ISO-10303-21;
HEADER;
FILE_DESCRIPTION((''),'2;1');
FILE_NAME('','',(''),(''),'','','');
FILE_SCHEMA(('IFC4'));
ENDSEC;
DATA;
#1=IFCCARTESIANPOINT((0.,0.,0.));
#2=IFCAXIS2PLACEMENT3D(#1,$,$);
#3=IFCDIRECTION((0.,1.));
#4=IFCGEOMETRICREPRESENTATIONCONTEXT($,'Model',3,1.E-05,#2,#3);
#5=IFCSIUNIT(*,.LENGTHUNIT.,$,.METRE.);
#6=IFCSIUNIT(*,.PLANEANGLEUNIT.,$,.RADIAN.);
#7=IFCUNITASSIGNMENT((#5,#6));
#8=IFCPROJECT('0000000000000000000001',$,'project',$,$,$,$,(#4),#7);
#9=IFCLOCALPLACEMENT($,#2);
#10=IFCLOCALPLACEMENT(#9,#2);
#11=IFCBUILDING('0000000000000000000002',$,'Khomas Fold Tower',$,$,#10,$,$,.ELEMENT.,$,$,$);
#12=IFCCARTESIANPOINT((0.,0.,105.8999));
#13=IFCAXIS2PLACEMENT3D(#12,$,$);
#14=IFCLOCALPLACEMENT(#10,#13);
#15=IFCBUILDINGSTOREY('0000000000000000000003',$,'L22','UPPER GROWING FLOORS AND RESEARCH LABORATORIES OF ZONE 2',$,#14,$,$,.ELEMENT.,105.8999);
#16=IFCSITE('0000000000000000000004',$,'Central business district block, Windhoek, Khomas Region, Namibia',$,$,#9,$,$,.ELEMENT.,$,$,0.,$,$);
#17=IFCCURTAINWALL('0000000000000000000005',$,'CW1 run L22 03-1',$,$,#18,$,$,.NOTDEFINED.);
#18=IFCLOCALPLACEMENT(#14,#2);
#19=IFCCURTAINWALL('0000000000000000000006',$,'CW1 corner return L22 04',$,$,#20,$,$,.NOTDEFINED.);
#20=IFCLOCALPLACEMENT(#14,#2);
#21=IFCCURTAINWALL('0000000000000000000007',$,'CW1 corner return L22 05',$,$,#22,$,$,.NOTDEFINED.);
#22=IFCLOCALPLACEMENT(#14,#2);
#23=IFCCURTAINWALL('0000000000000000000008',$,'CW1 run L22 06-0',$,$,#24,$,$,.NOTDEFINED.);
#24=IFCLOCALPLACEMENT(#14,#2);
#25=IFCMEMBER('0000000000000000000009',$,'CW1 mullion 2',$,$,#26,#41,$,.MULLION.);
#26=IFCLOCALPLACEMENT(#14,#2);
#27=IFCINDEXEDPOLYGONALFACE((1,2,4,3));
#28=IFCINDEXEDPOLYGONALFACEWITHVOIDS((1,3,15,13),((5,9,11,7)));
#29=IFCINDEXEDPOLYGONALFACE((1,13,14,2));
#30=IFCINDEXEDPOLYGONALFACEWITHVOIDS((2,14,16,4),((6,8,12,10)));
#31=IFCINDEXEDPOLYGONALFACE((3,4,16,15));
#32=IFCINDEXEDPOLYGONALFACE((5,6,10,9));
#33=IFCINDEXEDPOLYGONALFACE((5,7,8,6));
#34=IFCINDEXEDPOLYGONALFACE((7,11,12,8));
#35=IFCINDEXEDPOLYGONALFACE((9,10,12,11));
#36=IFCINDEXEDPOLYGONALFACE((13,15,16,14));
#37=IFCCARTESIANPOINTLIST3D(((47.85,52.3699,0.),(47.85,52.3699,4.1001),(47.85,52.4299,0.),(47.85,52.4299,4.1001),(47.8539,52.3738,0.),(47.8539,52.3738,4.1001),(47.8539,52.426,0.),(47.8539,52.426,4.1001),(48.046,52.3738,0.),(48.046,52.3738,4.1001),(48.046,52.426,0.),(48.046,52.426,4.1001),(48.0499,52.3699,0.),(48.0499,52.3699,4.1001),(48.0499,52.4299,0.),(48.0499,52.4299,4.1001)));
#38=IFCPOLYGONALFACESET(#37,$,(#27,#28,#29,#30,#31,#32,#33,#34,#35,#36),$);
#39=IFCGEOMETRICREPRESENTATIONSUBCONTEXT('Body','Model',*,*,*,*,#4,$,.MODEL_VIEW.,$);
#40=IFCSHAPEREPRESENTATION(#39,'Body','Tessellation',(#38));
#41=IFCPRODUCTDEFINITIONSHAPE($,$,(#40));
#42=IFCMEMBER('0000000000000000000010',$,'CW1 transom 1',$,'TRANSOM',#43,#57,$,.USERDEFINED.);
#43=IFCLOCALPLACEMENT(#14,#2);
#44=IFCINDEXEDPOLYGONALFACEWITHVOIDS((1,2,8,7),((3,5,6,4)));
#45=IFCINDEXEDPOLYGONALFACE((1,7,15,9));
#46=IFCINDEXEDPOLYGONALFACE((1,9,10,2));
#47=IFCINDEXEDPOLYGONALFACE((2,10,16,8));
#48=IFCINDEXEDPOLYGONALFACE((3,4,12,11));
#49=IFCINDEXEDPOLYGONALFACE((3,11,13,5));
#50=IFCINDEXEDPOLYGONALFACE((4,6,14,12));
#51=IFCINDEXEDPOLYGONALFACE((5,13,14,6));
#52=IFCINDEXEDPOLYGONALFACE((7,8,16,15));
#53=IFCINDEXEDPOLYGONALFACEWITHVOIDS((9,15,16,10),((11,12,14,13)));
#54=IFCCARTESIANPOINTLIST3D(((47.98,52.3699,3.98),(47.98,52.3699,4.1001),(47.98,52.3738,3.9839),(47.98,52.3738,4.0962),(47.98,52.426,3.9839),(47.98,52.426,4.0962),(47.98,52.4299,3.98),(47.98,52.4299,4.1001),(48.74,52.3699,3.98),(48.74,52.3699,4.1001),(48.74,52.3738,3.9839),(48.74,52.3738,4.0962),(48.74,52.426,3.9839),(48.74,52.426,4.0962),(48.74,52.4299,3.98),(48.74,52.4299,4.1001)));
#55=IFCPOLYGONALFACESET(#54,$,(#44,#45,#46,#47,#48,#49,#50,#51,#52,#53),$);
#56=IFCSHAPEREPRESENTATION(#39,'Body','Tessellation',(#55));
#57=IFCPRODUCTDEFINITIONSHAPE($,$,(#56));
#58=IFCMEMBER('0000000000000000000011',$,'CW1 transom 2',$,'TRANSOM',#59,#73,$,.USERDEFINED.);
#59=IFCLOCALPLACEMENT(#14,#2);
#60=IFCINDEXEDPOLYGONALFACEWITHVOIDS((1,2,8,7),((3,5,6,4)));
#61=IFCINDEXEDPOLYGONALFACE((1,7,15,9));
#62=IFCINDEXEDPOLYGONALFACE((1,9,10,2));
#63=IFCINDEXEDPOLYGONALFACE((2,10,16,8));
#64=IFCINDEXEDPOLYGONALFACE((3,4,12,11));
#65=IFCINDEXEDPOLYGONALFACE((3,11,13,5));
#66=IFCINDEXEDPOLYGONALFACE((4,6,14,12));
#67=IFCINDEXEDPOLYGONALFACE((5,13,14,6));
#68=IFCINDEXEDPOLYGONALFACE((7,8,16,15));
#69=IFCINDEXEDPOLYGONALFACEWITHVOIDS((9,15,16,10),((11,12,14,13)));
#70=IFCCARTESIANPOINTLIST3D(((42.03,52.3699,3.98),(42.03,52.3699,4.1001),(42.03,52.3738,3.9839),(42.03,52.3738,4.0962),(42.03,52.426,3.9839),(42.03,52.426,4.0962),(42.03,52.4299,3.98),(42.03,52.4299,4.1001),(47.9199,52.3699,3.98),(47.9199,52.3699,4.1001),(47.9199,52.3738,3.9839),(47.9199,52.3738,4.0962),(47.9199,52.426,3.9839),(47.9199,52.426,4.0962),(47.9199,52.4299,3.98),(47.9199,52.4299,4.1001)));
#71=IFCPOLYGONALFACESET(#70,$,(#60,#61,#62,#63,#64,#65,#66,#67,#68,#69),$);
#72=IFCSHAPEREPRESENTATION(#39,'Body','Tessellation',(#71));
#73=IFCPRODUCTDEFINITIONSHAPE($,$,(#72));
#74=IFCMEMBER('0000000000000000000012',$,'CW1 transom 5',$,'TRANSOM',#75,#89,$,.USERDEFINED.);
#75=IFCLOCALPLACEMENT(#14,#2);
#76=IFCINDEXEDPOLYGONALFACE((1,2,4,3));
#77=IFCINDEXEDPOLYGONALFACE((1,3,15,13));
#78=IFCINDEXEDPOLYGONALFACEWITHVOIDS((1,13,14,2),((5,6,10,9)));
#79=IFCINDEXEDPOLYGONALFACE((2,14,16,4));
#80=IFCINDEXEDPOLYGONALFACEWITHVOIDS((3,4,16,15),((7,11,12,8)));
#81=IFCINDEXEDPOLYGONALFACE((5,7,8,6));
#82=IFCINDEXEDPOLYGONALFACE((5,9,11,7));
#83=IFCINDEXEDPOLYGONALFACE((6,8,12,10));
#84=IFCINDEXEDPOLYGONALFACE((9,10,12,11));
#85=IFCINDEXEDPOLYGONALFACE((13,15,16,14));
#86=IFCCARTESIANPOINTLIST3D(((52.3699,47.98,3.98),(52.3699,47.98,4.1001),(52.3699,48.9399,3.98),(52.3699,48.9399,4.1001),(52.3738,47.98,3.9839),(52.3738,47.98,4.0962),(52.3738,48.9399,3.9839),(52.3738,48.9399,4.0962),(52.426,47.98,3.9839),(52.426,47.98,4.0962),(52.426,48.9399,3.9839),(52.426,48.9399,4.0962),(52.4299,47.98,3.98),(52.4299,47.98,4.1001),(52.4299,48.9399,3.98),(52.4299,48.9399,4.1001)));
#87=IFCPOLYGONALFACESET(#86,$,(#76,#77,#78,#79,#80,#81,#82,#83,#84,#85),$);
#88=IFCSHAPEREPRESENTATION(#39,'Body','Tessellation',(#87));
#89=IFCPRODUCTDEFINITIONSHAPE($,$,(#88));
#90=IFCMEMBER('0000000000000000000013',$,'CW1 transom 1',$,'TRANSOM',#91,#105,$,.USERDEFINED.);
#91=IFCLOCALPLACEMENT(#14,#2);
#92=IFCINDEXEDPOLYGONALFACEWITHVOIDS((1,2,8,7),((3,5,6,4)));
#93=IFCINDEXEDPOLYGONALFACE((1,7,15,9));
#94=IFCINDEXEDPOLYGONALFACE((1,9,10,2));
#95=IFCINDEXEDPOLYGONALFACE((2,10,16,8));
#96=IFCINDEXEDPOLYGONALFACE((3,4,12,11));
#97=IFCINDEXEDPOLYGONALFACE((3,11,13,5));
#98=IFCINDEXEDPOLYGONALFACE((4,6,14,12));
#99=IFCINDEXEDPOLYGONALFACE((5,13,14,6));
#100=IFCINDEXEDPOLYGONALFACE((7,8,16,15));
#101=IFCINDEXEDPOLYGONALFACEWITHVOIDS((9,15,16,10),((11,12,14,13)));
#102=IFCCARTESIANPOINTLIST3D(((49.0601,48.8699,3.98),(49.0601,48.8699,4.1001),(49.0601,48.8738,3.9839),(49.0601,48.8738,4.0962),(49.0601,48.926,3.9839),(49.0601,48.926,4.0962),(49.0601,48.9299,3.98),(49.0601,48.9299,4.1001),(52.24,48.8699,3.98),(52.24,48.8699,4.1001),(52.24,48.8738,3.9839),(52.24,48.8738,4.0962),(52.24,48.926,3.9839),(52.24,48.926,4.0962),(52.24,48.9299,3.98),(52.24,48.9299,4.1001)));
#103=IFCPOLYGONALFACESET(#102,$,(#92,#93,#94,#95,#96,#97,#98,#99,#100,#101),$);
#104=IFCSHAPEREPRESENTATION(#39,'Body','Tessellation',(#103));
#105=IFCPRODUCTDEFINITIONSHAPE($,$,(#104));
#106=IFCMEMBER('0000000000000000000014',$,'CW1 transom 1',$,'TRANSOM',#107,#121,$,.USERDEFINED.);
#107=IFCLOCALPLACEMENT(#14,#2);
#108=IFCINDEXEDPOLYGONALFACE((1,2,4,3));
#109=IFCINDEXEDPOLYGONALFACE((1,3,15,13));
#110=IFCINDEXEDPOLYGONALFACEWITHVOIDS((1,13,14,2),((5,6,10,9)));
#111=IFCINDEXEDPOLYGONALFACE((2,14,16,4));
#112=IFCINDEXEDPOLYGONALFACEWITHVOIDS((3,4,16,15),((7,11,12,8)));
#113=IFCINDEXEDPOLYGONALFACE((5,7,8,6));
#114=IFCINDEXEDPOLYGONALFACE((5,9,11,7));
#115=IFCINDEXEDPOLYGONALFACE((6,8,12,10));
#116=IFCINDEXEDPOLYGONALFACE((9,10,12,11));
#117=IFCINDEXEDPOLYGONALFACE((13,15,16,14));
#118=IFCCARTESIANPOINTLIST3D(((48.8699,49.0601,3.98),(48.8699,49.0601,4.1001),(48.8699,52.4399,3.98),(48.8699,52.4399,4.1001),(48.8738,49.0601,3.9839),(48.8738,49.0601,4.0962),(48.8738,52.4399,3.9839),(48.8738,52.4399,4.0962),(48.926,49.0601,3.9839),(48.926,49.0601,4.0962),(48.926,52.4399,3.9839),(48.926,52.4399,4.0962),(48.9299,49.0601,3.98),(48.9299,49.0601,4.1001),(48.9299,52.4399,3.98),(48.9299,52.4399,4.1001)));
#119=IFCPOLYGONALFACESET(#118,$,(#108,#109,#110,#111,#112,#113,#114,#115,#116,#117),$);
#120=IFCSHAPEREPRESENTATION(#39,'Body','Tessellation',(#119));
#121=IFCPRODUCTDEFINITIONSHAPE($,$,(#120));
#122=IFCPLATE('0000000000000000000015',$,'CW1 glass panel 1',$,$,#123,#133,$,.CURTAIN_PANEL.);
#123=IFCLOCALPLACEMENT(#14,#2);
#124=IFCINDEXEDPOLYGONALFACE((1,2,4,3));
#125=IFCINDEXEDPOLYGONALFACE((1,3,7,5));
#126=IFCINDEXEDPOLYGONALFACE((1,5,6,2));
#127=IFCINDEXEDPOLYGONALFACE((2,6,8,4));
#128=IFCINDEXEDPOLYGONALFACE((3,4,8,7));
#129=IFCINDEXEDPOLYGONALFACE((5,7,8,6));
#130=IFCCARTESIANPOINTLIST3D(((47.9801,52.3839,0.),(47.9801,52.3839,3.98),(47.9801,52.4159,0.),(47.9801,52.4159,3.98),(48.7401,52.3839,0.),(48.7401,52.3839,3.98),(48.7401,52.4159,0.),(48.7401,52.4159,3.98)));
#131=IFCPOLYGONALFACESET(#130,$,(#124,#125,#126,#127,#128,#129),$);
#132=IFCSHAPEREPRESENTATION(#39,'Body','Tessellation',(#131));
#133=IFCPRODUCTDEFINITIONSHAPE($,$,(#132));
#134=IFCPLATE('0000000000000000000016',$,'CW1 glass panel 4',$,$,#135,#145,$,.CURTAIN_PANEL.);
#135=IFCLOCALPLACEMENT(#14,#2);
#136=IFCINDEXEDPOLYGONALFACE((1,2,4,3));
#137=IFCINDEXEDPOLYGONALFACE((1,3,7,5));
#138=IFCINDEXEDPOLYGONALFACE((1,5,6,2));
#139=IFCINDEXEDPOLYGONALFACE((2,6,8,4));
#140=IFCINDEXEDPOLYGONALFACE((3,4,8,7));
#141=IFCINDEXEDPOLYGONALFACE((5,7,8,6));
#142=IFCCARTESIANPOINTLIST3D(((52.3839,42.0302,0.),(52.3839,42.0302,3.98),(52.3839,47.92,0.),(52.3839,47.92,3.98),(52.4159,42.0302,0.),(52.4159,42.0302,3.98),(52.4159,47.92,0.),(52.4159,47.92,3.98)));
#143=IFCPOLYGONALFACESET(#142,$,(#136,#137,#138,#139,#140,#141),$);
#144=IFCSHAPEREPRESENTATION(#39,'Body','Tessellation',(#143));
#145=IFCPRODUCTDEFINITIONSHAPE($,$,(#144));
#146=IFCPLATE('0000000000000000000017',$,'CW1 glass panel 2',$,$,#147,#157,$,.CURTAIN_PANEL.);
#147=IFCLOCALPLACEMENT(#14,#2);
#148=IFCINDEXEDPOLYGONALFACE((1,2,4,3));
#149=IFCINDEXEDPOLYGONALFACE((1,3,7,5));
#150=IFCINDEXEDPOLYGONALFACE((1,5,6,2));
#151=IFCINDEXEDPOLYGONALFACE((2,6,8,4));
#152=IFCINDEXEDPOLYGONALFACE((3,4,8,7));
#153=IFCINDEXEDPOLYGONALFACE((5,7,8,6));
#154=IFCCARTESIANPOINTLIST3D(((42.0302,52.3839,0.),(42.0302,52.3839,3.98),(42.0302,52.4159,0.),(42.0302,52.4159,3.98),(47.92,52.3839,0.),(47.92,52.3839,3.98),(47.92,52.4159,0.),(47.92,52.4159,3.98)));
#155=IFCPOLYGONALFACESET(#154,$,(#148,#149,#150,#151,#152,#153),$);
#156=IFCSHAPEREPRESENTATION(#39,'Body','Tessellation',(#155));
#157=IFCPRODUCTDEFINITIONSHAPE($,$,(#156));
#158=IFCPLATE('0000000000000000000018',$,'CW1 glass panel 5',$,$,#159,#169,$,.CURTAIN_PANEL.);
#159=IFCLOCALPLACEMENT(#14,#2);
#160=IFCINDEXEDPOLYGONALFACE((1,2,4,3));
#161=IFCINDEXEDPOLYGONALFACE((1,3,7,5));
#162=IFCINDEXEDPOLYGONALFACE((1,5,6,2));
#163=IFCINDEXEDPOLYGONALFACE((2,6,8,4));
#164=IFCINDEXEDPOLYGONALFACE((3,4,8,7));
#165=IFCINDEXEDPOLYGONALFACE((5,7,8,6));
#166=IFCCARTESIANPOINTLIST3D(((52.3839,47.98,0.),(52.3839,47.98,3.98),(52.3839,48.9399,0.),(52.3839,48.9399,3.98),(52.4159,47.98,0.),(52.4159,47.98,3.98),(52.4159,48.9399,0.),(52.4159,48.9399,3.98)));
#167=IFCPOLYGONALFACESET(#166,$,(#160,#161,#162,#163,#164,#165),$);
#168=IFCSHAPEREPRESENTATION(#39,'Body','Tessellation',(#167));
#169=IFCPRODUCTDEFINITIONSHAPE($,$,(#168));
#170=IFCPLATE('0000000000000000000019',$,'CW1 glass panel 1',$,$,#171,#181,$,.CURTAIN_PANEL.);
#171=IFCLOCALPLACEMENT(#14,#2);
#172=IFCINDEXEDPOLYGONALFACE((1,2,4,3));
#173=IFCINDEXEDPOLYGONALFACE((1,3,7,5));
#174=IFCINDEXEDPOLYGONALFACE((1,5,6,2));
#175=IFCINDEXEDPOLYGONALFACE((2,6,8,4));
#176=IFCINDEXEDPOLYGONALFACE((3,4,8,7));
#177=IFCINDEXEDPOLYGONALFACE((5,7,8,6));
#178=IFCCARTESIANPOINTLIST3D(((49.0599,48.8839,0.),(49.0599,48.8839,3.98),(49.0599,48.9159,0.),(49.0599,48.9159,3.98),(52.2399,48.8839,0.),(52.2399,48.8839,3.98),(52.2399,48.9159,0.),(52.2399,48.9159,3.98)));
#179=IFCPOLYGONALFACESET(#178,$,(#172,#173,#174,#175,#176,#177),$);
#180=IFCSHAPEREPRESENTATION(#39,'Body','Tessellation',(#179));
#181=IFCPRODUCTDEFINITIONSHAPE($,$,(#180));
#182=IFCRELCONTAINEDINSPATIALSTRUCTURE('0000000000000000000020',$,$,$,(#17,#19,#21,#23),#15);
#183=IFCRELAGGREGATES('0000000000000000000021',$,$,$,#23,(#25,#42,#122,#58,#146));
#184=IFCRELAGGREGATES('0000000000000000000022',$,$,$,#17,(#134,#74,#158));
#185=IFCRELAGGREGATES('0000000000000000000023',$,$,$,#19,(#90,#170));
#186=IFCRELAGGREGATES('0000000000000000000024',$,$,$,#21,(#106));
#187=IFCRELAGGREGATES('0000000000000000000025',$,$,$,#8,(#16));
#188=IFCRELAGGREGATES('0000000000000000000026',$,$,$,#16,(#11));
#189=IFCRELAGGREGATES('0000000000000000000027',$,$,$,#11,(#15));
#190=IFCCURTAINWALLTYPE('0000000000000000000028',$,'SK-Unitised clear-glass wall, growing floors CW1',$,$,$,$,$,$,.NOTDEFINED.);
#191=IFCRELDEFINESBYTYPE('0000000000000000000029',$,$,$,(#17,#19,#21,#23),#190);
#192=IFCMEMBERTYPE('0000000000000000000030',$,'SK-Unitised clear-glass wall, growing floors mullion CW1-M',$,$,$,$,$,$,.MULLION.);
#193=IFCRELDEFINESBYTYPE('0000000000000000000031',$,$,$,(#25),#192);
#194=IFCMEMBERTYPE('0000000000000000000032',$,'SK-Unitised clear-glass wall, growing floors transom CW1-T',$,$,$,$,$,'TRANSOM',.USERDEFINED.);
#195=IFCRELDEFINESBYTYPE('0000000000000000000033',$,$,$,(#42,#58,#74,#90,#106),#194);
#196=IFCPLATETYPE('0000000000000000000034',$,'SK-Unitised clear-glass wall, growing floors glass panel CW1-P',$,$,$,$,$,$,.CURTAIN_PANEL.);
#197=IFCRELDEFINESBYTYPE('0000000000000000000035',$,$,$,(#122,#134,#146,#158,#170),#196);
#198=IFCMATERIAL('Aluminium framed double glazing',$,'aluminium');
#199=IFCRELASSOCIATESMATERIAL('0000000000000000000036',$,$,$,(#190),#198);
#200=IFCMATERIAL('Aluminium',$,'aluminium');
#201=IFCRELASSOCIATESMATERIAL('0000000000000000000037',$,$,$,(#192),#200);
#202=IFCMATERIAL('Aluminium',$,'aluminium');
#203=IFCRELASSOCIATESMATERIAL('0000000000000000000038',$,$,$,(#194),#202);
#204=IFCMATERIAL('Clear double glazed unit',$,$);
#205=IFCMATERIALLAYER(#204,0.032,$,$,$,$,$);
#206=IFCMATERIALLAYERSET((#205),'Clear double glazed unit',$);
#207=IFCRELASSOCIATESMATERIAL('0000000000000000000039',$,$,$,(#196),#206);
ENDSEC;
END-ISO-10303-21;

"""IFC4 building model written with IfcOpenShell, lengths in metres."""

from ifc_helpers import new_model, si_unit, direction, frame, origin, origin_2d, place, context, subcontext, project, spatial, rectangle, hollow_rectangle, extrude, source, transform, mapped, material, layer, layer_set, material_profile, profile_set, type_object, element, aggregate, save


model = new_model("IFC4")

# Units and contexts
model_context = context("Model", 3, precision=1e-05, world=origin(), true_north=direction((0.0, 1.0)))
body_context = subcontext(model_context, "Body", "Model", "MODEL_VIEW")
ifc_project = project(units=[si_unit("LENGTHUNIT", "METRE"), si_unit("PLANEANGLEUNIT", "RADIAN")], contexts=[model_context])

# Site, building, storey
site_placement = place(None, origin())
site = spatial("IfcSite", under=ifc_project, at=site_placement, Name="Central business district block, Windhoek, Khomas Region, Namibia", CompositionType="ELEMENT", RefElevation=0.0)
building_placement = place(site_placement, origin())
building = spatial("IfcBuilding", under=site, at=building_placement, Name="Khomas Fold Tower", CompositionType="ELEMENT")
storey_placement = place(building_placement, frame((0.0, 0.0, 105.8999)))
storey = spatial("IfcBuildingStorey", under=building, at=storey_placement, Name="L22", Description="UPPER GROWING FLOORS AND RESEARCH LABORATORIES OF ZONE 2", CompositionType="ELEMENT", Elevation=105.8999)

# Curtain walls, members
ifc_material_1 = material(Name="Aluminium framed double glazing", Category="aluminium")
curtain_wall_type = type_object("IfcCurtainWallType", Name="SK-Unitised clear-glass wall, growing floors CW1", PredefinedType="NOTDEFINED", material=ifc_material_1)
curtain_wall_1_placement = place(storey_placement, origin())
curtain_wall_1 = element("IfcCurtainWall", 1, at=curtain_wall_1_placement, inside=storey, type_object=curtain_wall_type, Name="CW1 run L22 03-1", PredefinedType="NOTDEFINED")
ifc_material_2 = material(Name="Aluminium", Category="aluminium")
ifc_material_profile_1 = material_profile(ifc_material_2, hollow_rectangle(XDim=0.0601, YDim=0.2, WallThickness=0.0039, at=origin_2d()), Name="SK-Unitised clear-glass wall, growing floors mullion CW1-M")
ifc_profile_set_1 = profile_set([ifc_material_profile_1], Name="Aluminium")
member_type_1 = type_object("IfcMemberType", Name="SK-Unitised clear-glass wall, growing floors mullion CW1-M", PredefinedType="MULLION", material=ifc_profile_set_1)
shared_shape_1 = source(origin(), body_context, "Body", "SweptSolid", [
    extrude(hollow_rectangle(XDim=0.0601, YDim=0.2, WallThickness=0.0039, at=origin_2d()), origin(), (0.0, 0.0, 1.0), 4.1001),
])
curtain_wall_2_placement = place(storey_placement, origin())
curtain_wall_2 = element("IfcCurtainWall", 2, at=curtain_wall_2_placement, inside=storey, type_object=curtain_wall_type, Name="CW1 corner return L22 04", PredefinedType="NOTDEFINED")
curtain_wall_3_placement = place(storey_placement, origin())
curtain_wall_3 = element("IfcCurtainWall", 3, at=curtain_wall_3_placement, inside=storey, type_object=curtain_wall_type, Name="CW1 corner return L22 05", PredefinedType="NOTDEFINED")
curtain_wall_4_placement = place(storey_placement, origin())
curtain_wall_4 = element("IfcCurtainWall", 4, at=curtain_wall_4_placement, inside=storey, type_object=curtain_wall_type, Name="CW1 run L22 06-0", PredefinedType="NOTDEFINED")
member_1_placement = place(storey_placement, frame((47.95, 52.3999, 0.0), z_axis=(0.0, 0.0, 1.0), x_axis=(0.0, -1.0, 0.0)))
member_1 = element("IfcMember", 5, at=member_1_placement, type_object=member_type_1, Name="CW1 mullion 2", PredefinedType="MULLION", context=body_context, shape_type="MappedRepresentation", body=[
    mapped(shared_shape_1, transform((0.0, 0.0, 0.0))),
])
ifc_material_3 = material(Name="Aluminium", Category="aluminium")
ifc_material_profile_2 = material_profile(ifc_material_3, hollow_rectangle(XDim=0.0601, YDim=0.1201, WallThickness=0.0039, at=origin_2d()), Name="SK-Unitised clear-glass wall, growing floors transom CW1-T")
ifc_profile_set_2 = profile_set([ifc_material_profile_2], Name="Aluminium")
member_type_2 = type_object("IfcMemberType", Name="SK-Unitised clear-glass wall, growing floors transom CW1-T", ElementType="TRANSOM", PredefinedType="USERDEFINED", material=ifc_profile_set_2)
shared_shape_2 = source(origin(), body_context, "Body", "SweptSolid", [
    extrude(hollow_rectangle(XDim=0.0601, YDim=0.1201, WallThickness=0.0039, at=origin_2d()), origin(), (0.0, 0.0, 1.0), 0.76),
])
member_2_placement = place(storey_placement, frame((48.74, 52.3999, 4.04), z_axis=(-1.0, 0.0, 0.0), x_axis=(0.0, -1.0, 0.0)))
member_2 = element("IfcMember", 6, at=member_2_placement, type_object=member_type_2, Name="CW1 transom 1", ObjectType="TRANSOM", PredefinedType="USERDEFINED", context=body_context, shape_type="MappedRepresentation", body=[
    mapped(shared_shape_2, transform((0.0, 0.0, 0.0))),
])
shared_shape_3 = source(origin(), body_context, "Body", "SweptSolid", [
    extrude(hollow_rectangle(XDim=0.0601, YDim=0.1201, WallThickness=0.0039, at=origin_2d()), origin(), (0.0, 0.0, 1.0), 5.8899),
])
member_3_placement = place(storey_placement, frame((47.9199, 52.3999, 4.04), z_axis=(-1.0, 0.0, 0.0), x_axis=(0.0, -1.0, 0.0)))
member_3 = element("IfcMember", 7, at=member_3_placement, type_object=member_type_2, Name="CW1 transom 2", ObjectType="TRANSOM", PredefinedType="USERDEFINED", context=body_context, shape_type="MappedRepresentation", body=[
    mapped(shared_shape_3, transform((0.0, 0.0, 0.0))),
])

# Members
shared_shape_4 = source(origin(), body_context, "Body", "SweptSolid", [
    extrude(hollow_rectangle(XDim=0.0601, YDim=0.1201, WallThickness=0.0039, at=origin_2d()), origin(), (0.0, 0.0, 1.0), 0.96),
])
member_4_placement = place(storey_placement, frame((52.3999, 47.98, 4.04), z_axis=(0.0, 1.0, 0.0), x_axis=(-1.0, 0.0, 0.0)))
member_4 = element("IfcMember", 8, at=member_4_placement, type_object=member_type_2, Name="CW1 transom 5", ObjectType="TRANSOM", PredefinedType="USERDEFINED", context=body_context, shape_type="MappedRepresentation", body=[
    mapped(shared_shape_4, transform((0.0, 0.0, 0.0))),
])
shared_shape_5 = source(origin(), body_context, "Body", "SweptSolid", [
    extrude(hollow_rectangle(XDim=0.0601, YDim=0.1201, WallThickness=0.0039, at=origin_2d()), origin(), (0.0, 0.0, 1.0), 3.1799),
])
member_5_placement = place(storey_placement, frame((52.24, 48.8999, 4.04), z_axis=(-1.0, 0.0, 0.0), x_axis=(0.0, -1.0, 0.0)))
member_5 = element("IfcMember", 9, at=member_5_placement, type_object=member_type_2, Name="CW1 transom 1", ObjectType="TRANSOM", PredefinedType="USERDEFINED", context=body_context, shape_type="MappedRepresentation", body=[
    mapped(shared_shape_5, transform((0.0, 0.0, 0.0))),
])
shared_shape_6 = source(origin(), body_context, "Body", "SweptSolid", [
    extrude(hollow_rectangle(XDim=0.0601, YDim=0.1201, WallThickness=0.0039, at=origin_2d()), origin(), (0.0, 0.0, 1.0), 3.3799),
])
member_6_placement = place(storey_placement, frame((48.8999, 49.0601, 4.04), z_axis=(0.0, 1.0, 0.0), x_axis=(-1.0, 0.0, 0.0)))
member_6 = element("IfcMember", 10, at=member_6_placement, type_object=member_type_2, Name="CW1 transom 1", ObjectType="TRANSOM", PredefinedType="USERDEFINED", context=body_context, shape_type="MappedRepresentation", body=[
    mapped(shared_shape_6, transform((0.0, 0.0, 0.0))),
])

# Plates
ifc_material_4 = material(Name="Clear double glazed unit")
ifc_layer_1 = layer(ifc_material_4, 0.032)
ifc_layer_set_1 = layer_set([ifc_layer_1], Name="Clear double glazed unit")
plate_type = type_object("IfcPlateType", Name="SK-Unitised clear-glass wall, growing floors glass panel CW1-P", PredefinedType="CURTAIN_PANEL", material=ifc_layer_set_1)
shared_shape_7 = source(origin(), body_context, "Body", "SweptSolid", [
    extrude(rectangle(XDim=0.76, YDim=0.032, at=origin_2d()), origin(), (0.0, 0.0, 1.0), 3.98),
])
plate_1_placement = place(storey_placement, frame((48.3601, 52.3999, 0.0), z_axis=(0.0, 0.0, 1.0), x_axis=(-1.0, 0.0, 0.0)))
plate_1 = element("IfcPlate", 11, at=plate_1_placement, type_object=plate_type, Name="CW1 glass panel 1", PredefinedType="CURTAIN_PANEL", context=body_context, shape_type="MappedRepresentation", body=[
    mapped(shared_shape_7, transform((0.0, 0.0, 0.0))),
])
shared_shape_8 = source(origin(), body_context, "Body", "SweptSolid", [
    extrude(rectangle(XDim=5.8899, YDim=0.032, at=origin_2d()), origin(), (0.0, 0.0, 1.0), 3.98),
])
plate_2_placement = place(storey_placement, frame((52.3999, 44.9751, 0.0), z_axis=(0.0, 0.0, 1.0), x_axis=(0.0, 1.0, 0.0)))
plate_2 = element("IfcPlate", 12, at=plate_2_placement, type_object=plate_type, Name="CW1 glass panel 4", PredefinedType="CURTAIN_PANEL", context=body_context, shape_type="MappedRepresentation", body=[
    mapped(shared_shape_8, transform((0.0, 0.0, 0.0))),
])
plate_3_placement = place(storey_placement, frame((44.9751, 52.3999, 0.0), z_axis=(0.0, 0.0, 1.0), x_axis=(-1.0, 0.0, 0.0)))
plate_3 = element("IfcPlate", 13, at=plate_3_placement, type_object=plate_type, Name="CW1 glass panel 2", PredefinedType="CURTAIN_PANEL", context=body_context, shape_type="MappedRepresentation", body=[
    mapped(shared_shape_8, transform((0.0, 0.0, 0.0))),
])
aggregate(curtain_wall_4, [member_1, member_2, plate_1, member_3, plate_3])
shared_shape_9 = source(origin(), body_context, "Body", "SweptSolid", [
    extrude(rectangle(XDim=0.96, YDim=0.032, at=origin_2d()), origin(), (0.0, 0.0, 1.0), 3.98),
])
plate_4_placement = place(storey_placement, frame((52.3999, 48.46, 0.0), z_axis=(0.0, 0.0, 1.0), x_axis=(0.0, 1.0, 0.0)))
plate_4 = element("IfcPlate", 14, at=plate_4_placement, type_object=plate_type, Name="CW1 glass panel 5", PredefinedType="CURTAIN_PANEL", context=body_context, shape_type="MappedRepresentation", body=[
    mapped(shared_shape_9, transform((0.0, 0.0, 0.0))),
])
aggregate(curtain_wall_1, [plate_2, member_4, plate_4])
shared_shape_10 = source(origin(), body_context, "Body", "SweptSolid", [
    extrude(rectangle(XDim=3.1799, YDim=0.032, at=origin_2d()), origin(), (0.0, 0.0, 1.0), 3.98),
])
plate_5_placement = place(storey_placement, frame((50.6499, 48.8999, 0.0), z_axis=(0.0, 0.0, 1.0), x_axis=(-1.0, 0.0, 0.0)))
plate_5 = element("IfcPlate", 15, at=plate_5_placement, type_object=plate_type, Name="CW1 glass panel 1", PredefinedType="CURTAIN_PANEL", context=body_context, shape_type="MappedRepresentation", body=[
    mapped(shared_shape_10, transform((0.0, 0.0, 0.0))),
])
aggregate(curtain_wall_2, [member_5, plate_5])
aggregate(curtain_wall_3, [member_6])

save(model, "model.ifc")
